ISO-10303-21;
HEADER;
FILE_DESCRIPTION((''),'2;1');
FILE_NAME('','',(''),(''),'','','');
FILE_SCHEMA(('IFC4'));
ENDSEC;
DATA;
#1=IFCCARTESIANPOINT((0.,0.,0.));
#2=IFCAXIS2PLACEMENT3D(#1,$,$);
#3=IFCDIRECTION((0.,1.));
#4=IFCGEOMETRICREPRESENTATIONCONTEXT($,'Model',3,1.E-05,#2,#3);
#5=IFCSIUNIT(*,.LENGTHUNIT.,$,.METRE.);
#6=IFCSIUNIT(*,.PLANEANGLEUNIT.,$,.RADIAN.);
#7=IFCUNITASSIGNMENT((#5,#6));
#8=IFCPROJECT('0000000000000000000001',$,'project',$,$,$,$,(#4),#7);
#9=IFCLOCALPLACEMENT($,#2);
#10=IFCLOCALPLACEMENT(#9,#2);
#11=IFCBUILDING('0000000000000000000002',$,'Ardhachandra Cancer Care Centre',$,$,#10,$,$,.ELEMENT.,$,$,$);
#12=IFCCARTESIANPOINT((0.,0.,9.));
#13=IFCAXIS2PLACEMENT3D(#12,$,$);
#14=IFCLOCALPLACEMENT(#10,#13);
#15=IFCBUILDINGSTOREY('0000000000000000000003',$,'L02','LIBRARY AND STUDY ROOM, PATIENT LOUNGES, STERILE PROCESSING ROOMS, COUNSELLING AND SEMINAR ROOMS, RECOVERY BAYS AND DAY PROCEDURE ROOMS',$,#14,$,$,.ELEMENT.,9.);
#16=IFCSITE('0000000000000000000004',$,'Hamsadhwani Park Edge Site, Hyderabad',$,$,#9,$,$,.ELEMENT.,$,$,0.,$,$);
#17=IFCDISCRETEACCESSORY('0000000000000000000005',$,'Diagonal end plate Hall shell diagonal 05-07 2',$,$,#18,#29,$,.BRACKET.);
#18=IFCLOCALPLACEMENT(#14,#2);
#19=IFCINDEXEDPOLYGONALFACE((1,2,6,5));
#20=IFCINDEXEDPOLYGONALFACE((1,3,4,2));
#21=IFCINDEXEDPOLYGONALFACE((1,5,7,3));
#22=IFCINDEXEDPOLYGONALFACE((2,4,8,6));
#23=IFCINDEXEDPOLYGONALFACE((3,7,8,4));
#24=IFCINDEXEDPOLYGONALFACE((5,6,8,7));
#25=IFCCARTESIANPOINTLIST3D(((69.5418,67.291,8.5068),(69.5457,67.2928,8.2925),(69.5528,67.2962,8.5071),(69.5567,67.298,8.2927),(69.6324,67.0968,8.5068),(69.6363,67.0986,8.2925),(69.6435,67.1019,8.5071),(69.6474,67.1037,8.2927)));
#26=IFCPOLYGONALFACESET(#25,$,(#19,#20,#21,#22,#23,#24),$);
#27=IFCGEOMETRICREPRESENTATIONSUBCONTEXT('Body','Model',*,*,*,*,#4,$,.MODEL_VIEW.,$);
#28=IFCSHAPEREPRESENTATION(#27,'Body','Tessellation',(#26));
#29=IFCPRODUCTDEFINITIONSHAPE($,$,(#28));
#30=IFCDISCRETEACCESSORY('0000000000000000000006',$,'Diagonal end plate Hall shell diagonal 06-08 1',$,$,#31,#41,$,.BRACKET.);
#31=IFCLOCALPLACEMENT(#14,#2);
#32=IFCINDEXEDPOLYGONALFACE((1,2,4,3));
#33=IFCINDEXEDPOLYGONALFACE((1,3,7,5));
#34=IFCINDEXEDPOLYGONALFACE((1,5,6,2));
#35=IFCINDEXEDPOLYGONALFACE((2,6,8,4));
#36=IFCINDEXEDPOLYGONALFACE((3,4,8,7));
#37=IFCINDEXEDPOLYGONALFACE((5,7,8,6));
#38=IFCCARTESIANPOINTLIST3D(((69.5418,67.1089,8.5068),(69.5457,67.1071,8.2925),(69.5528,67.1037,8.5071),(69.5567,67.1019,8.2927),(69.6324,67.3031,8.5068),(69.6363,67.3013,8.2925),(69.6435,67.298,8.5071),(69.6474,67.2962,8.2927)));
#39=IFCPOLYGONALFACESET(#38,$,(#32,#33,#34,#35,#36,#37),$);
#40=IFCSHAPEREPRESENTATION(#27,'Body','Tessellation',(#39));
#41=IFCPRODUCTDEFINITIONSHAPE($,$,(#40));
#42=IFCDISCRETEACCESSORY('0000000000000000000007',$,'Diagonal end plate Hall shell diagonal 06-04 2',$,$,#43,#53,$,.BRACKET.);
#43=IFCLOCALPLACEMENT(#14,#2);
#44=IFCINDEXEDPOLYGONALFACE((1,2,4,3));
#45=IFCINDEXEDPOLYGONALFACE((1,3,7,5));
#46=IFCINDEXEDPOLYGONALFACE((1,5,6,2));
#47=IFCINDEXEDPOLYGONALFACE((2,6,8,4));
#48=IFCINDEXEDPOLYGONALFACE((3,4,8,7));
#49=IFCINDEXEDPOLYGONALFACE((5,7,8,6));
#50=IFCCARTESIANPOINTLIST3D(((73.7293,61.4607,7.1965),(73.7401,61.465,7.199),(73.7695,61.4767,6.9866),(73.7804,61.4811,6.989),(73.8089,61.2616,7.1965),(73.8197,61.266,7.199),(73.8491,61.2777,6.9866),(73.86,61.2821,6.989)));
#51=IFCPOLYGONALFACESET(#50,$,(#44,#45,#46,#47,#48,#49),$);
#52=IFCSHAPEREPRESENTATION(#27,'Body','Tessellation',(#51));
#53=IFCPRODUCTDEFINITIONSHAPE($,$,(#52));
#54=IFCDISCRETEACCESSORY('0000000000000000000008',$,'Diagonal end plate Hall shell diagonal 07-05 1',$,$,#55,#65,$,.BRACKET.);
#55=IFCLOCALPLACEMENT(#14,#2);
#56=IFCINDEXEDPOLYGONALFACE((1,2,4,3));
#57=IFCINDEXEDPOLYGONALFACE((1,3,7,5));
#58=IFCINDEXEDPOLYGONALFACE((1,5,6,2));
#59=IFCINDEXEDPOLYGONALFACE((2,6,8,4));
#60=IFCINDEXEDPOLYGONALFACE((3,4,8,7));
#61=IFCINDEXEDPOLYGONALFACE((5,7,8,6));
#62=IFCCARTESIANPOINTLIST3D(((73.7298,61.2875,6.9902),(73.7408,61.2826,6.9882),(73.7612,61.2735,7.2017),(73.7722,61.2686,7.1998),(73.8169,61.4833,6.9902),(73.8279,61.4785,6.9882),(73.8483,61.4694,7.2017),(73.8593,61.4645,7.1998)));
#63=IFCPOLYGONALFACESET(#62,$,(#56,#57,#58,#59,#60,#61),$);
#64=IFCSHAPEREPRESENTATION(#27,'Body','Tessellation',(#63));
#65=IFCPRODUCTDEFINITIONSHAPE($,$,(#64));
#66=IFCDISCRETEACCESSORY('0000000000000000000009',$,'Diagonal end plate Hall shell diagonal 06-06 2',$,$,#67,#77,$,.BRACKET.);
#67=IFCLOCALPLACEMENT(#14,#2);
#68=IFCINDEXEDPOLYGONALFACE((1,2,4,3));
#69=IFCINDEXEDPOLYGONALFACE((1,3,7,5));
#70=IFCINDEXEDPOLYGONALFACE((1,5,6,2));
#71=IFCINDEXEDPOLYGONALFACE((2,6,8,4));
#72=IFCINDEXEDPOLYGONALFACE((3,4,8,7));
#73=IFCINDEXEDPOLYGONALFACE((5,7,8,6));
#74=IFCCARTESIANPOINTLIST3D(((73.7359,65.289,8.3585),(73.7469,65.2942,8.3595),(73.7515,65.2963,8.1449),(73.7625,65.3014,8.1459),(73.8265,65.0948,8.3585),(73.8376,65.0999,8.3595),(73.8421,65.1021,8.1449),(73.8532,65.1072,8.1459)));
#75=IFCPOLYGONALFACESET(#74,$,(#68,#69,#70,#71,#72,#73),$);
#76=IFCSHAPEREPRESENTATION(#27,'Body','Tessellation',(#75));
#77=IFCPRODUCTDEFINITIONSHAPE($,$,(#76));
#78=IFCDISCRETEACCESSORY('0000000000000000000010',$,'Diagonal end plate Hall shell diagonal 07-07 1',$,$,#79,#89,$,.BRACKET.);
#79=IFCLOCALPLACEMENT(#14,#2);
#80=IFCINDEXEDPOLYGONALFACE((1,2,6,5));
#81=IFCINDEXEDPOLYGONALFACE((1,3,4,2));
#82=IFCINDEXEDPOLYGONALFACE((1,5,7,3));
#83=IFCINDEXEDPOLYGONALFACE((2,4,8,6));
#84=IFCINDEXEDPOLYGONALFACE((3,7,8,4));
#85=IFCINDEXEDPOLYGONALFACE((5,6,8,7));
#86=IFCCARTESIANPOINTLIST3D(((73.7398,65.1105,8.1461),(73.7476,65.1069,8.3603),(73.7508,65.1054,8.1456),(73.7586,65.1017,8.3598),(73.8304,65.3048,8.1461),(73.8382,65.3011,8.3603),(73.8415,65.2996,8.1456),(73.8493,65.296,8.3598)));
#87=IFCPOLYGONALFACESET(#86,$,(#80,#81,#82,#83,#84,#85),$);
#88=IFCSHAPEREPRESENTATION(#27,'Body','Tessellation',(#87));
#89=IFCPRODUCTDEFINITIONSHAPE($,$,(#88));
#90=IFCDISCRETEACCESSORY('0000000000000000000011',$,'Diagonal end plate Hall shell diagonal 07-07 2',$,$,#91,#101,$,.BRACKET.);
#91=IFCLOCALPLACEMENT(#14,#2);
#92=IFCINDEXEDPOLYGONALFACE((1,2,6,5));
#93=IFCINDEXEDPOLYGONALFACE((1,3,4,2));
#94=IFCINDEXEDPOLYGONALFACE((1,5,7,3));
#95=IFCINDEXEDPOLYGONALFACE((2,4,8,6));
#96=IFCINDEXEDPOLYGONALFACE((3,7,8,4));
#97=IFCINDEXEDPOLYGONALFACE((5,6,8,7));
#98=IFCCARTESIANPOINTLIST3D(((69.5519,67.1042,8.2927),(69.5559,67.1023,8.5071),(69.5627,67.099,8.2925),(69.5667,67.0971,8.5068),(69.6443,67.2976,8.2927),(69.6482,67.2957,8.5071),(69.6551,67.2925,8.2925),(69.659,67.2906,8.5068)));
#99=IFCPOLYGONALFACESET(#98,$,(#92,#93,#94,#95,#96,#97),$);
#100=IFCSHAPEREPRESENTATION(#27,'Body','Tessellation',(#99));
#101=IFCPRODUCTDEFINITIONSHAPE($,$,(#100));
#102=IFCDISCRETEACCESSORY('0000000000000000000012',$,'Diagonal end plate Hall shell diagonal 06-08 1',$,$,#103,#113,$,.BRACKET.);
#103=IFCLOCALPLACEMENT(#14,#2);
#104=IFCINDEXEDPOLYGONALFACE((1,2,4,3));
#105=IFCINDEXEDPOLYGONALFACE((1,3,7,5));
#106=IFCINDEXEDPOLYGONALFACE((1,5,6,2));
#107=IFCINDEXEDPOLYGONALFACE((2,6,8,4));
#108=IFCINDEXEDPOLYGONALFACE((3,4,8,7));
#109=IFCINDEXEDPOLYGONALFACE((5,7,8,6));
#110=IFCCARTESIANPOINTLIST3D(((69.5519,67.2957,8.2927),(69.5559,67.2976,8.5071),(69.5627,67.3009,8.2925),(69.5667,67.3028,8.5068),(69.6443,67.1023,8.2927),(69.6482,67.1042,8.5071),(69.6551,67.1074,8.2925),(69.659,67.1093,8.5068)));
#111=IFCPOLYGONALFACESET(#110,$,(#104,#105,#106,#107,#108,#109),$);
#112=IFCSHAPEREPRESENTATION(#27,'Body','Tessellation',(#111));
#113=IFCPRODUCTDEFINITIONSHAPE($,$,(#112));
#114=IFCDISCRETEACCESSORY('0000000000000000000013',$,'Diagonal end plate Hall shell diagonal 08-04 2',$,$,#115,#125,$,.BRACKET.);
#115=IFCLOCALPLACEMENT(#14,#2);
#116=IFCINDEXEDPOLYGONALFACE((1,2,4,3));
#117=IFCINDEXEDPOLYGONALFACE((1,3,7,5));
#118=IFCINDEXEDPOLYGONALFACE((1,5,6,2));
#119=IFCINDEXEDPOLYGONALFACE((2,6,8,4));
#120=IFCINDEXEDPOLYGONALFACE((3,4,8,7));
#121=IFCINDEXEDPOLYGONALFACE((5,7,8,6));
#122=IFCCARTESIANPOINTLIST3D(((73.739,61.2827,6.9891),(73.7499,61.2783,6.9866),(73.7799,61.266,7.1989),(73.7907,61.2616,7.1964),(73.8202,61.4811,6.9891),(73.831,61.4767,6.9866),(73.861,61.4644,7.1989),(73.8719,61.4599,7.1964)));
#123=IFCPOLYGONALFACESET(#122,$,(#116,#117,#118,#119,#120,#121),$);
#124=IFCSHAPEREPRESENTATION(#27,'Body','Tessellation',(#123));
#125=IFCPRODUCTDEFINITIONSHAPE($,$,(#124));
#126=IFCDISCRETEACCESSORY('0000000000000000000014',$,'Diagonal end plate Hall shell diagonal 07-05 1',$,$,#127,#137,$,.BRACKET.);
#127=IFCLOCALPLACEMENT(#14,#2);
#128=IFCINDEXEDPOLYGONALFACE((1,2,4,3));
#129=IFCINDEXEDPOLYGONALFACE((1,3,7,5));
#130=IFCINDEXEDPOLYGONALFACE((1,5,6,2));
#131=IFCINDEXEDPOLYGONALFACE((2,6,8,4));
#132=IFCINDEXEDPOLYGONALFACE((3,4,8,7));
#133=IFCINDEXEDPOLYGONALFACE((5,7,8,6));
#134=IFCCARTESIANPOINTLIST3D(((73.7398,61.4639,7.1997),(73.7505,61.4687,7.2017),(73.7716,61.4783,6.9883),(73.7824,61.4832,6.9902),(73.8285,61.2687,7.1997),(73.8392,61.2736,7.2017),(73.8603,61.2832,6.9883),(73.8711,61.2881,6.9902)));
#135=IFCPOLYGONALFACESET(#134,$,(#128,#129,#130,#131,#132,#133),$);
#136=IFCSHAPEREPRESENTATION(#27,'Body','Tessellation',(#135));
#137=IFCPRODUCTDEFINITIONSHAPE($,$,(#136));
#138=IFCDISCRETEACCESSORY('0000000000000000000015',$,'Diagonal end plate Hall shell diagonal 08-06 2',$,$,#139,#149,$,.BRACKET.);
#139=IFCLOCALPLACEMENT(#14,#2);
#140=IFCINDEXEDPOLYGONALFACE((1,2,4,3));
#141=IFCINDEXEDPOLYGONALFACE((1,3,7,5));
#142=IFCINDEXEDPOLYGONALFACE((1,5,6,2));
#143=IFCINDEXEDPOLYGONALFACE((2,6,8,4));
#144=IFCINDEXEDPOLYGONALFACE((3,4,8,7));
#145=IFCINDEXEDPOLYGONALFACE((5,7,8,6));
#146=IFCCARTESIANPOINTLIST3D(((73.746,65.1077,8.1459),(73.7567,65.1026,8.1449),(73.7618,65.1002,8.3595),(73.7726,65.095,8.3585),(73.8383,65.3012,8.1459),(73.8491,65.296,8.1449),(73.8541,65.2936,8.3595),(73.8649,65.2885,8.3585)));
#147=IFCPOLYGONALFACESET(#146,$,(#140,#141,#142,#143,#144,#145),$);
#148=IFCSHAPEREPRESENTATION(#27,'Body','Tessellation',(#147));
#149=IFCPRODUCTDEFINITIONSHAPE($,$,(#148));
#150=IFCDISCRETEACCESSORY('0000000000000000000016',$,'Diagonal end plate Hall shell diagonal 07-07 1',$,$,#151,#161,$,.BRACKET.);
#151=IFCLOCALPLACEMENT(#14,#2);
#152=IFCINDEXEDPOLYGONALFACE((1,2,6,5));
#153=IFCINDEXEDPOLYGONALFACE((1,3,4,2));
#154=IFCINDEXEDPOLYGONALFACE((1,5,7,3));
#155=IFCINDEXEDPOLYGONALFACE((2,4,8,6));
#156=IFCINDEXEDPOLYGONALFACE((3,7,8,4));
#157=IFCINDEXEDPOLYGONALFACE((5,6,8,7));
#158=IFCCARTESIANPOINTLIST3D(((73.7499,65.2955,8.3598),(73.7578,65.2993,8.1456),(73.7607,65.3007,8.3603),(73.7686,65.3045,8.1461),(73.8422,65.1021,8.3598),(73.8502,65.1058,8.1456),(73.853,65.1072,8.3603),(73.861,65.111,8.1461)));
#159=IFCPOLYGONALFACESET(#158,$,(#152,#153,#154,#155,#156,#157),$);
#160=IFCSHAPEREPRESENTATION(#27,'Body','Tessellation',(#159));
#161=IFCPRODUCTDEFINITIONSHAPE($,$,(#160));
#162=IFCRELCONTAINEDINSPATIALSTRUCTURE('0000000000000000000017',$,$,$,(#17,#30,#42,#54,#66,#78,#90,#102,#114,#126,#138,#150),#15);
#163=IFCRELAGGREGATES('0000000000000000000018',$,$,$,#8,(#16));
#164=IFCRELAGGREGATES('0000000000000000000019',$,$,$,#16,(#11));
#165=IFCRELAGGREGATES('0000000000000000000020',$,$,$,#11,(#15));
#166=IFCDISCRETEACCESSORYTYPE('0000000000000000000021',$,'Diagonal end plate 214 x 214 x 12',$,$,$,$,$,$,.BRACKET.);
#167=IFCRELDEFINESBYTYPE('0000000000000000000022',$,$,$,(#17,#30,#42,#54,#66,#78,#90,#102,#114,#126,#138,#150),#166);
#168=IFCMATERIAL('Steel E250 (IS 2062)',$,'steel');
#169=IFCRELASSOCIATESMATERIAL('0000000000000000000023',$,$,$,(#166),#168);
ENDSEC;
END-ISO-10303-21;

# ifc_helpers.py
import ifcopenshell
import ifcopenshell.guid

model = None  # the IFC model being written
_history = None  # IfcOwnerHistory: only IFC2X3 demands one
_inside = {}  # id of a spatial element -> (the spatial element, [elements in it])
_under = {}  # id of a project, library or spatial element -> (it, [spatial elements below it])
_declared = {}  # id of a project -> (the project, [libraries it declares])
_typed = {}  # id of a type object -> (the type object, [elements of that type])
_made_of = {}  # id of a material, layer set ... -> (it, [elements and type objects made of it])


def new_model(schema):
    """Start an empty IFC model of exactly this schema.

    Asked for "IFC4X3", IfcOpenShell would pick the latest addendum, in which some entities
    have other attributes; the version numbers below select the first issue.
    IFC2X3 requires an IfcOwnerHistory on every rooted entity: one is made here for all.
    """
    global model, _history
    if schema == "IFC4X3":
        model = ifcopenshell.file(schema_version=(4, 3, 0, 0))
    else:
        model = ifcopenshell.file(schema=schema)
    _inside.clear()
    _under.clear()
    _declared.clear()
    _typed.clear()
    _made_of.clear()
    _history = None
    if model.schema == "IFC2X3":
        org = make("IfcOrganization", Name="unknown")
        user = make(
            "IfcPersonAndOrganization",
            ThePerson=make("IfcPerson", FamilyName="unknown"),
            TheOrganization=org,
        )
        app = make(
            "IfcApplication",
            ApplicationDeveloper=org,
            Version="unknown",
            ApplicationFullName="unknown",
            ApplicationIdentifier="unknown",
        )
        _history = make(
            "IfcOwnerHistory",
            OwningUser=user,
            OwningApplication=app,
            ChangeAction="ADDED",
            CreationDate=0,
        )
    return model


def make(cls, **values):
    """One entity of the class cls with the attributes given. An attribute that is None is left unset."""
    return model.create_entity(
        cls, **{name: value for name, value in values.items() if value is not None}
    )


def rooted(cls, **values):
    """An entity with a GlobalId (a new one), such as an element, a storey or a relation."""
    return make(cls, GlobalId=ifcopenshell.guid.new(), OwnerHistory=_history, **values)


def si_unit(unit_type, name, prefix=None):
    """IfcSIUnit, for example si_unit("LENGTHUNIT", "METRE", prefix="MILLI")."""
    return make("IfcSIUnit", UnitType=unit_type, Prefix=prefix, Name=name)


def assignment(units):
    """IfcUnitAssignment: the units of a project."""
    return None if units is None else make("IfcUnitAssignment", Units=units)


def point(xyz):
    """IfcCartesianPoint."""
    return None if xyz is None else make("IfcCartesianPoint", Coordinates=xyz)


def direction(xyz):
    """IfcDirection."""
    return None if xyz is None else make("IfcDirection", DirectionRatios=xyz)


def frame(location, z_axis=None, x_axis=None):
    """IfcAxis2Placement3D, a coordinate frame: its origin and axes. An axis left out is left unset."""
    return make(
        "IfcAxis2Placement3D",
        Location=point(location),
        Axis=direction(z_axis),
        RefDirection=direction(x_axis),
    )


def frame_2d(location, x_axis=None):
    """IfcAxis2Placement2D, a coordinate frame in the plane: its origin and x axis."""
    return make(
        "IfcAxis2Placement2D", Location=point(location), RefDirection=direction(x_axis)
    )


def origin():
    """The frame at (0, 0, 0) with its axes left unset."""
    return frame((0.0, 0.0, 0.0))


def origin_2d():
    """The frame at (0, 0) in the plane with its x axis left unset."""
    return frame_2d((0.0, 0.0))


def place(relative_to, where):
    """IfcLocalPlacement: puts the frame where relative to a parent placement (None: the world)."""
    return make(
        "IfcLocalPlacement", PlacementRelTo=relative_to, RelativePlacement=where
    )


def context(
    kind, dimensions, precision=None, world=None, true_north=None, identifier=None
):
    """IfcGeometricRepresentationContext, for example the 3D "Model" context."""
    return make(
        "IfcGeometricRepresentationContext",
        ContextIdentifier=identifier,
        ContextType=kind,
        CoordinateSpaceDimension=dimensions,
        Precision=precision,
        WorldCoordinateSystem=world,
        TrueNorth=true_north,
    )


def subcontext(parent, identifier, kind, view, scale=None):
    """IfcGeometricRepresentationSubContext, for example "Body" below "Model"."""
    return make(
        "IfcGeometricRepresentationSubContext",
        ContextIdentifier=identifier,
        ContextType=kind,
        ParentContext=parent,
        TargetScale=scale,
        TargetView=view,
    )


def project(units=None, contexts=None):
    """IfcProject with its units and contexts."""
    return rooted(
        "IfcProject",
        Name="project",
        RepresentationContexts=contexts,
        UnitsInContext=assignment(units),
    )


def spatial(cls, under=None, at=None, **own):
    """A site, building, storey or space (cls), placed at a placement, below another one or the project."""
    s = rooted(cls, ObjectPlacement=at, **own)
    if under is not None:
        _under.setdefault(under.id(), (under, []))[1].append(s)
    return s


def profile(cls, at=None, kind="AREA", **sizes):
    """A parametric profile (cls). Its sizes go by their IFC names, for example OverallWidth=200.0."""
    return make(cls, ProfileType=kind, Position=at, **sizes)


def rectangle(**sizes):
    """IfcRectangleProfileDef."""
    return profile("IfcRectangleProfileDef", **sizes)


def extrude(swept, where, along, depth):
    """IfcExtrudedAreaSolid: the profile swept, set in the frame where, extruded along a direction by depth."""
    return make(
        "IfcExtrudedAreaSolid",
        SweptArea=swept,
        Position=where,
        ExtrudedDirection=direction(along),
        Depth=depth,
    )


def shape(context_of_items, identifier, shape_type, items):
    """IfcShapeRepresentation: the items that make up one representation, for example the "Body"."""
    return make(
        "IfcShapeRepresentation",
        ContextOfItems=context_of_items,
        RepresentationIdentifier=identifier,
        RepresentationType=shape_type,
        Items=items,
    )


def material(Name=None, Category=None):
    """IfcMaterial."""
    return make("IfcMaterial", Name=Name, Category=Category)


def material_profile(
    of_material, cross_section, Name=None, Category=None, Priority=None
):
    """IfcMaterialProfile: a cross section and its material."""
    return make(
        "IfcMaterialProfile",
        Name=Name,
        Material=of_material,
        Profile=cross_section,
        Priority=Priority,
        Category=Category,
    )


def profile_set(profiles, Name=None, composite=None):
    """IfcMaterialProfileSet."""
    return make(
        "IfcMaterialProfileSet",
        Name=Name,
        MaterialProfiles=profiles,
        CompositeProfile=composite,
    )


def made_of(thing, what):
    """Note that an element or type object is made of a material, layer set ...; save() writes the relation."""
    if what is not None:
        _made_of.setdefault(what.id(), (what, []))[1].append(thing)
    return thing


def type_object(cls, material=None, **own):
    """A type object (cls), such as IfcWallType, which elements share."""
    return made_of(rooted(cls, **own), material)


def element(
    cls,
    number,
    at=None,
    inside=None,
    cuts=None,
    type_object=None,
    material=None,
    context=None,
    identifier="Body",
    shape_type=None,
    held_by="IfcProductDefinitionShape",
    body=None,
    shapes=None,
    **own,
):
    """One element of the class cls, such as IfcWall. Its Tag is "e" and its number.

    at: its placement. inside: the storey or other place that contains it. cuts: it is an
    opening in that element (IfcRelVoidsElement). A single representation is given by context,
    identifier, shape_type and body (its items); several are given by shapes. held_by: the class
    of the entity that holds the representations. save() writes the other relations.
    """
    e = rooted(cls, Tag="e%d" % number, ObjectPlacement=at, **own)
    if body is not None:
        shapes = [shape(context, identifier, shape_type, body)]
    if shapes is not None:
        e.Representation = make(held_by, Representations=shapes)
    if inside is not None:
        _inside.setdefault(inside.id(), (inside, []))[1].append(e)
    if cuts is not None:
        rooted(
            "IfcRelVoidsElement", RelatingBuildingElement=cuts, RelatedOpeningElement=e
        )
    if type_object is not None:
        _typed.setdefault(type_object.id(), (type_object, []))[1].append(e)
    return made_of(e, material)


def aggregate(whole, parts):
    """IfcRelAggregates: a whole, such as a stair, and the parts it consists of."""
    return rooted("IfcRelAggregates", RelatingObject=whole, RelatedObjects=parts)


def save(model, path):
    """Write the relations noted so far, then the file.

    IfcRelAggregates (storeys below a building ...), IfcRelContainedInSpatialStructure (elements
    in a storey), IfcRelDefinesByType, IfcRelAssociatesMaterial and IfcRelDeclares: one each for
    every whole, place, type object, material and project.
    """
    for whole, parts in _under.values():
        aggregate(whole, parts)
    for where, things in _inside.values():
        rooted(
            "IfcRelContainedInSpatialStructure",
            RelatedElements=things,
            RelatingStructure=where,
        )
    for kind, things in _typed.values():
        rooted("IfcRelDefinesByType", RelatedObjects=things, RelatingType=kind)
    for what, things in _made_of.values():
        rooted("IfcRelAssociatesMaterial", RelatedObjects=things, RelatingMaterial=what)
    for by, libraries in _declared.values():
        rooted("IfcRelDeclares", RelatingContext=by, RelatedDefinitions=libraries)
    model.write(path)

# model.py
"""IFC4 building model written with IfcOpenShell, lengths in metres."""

from ifc_helpers import new_model, si_unit, direction, frame, origin, origin_2d, place, context, subcontext, project, spatial, rectangle, extrude, material, material_profile, profile_set, type_object, element, save


model = new_model("IFC4")

# Units and contexts
model_context = context("Model", 3, precision=1e-05, world=origin(), true_north=direction((0.0, 1.0)))
body_context = subcontext(model_context, "Body", "Model", "MODEL_VIEW")
ifc_project = project(units=[si_unit("LENGTHUNIT", "METRE"), si_unit("PLANEANGLEUNIT", "RADIAN")], contexts=[model_context])

# Site, building, storey
site_placement = place(None, origin())
site = spatial("IfcSite", under=ifc_project, at=site_placement, Name="Hamsadhwani Park Edge Site, Hyderabad", CompositionType="ELEMENT", RefElevation=0.0)
building_placement = place(site_placement, origin())
building = spatial("IfcBuilding", under=site, at=building_placement, Name="Ardhachandra Cancer Care Centre", CompositionType="ELEMENT")
storey_placement = place(building_placement, frame((0.0, 0.0, 9.0)))
storey = spatial("IfcBuildingStorey", under=building, at=storey_placement, Name="L02", Description="LIBRARY AND STUDY ROOM, PATIENT LOUNGES, STERILE PROCESSING ROOMS, COUNSELLING AND SEMINAR ROOMS, RECOVERY BAYS AND DAY PROCEDURE ROOMS", CompositionType="ELEMENT", Elevation=9.0)

# Discrete accessories
ifc_material_1 = material(Name="Steel E250 (IS 2062)", Category="steel")
ifc_material_profile_1 = material_profile(ifc_material_1, rectangle(XDim=0.2144, YDim=0.2144, at=origin_2d()), Name="PL 214x214x12")
ifc_profile_set_1 = profile_set([ifc_material_profile_1], Name="Steel E250 (IS 2062)")
discrete_accessory_type = type_object("IfcDiscreteAccessoryType", Name="Diagonal end plate 214 x 214 x 12", PredefinedType="BRACKET", material=ifc_profile_set_1)
for number, where, z_axis, x_axis, name in (
    (1, (69.6001, 67.2, 8.3999), (-0.905999, -0.4228, -0.020133), (0.422885, -0.906183, 0.0), "Diagonal end plate Hall shell diagonal 05-07 2"),
    (2, (69.6001, 67.2, 8.3999), (-0.905999, 0.4228, -0.020133), (-0.422885, -0.906183, 0.0), "Diagonal end plate Hall shell diagonal 06-08 1"),
):
    element("IfcDiscreteAccessory", number, at=place(storey_placement, frame(where, z_axis=z_axis, x_axis=x_axis)), inside=storey, type_object=discrete_accessory_type, Name=name, PredefinedType="BRACKET", context=body_context, shape_type="SweptSolid", body=[
        extrude(rectangle(XDim=0.2144, YDim=0.2144, at=origin_2d()), origin(), (0.0, 0.0, 1.0), 0.0122),
    ])
discrete_accessory_placement = place(storey_placement, frame((73.8, 61.3735, 7.094), z_axis=(-0.909323, -0.363729, -0.202072), x_axis=(0.371391, -0.928477, 0.0)))
element("IfcDiscreteAccessory", 3, at=discrete_accessory_placement, inside=storey, type_object=discrete_accessory_type, Name="Diagonal end plate Hall shell diagonal 06-04 2", PredefinedType="BRACKET", context=body_context, shape_type="SweptSolid", body=[
    extrude(rectangle(XDim=0.2144, YDim=0.2144, at=origin_2d()), origin(), (0.0, 0.0, 1.0), 0.012),
])
for number, where, z_axis, x_axis, name in (
    (4, (73.8, 61.3735, 7.094), (-0.901987, 0.400883, 0.160353), (-0.406138, -0.913812, 0.0), "Diagonal end plate Hall shell diagonal 07-05 1"),
    (5, (73.8, 65.2007, 8.2527), (-0.903258, -0.42152, -0.08029), (0.422885, -0.906183, 0.0), "Diagonal end plate Hall shell diagonal 06-06 2"),
    (6, (73.8, 65.2007, 8.2527), (-0.905449, 0.422543, 0.040242), (-0.422885, -0.906183, 0.0), "Diagonal end plate Hall shell diagonal 07-07 1"),
):
    element("IfcDiscreteAccessory", number, at=place(storey_placement, frame(where, z_axis=z_axis, x_axis=x_axis)), inside=storey, type_object=discrete_accessory_type, Name=name, PredefinedType="BRACKET", context=body_context, shape_type="SweptSolid", body=[
        extrude(rectangle(XDim=0.2144, YDim=0.2144, at=origin_2d()), origin(), (0.0, 0.0, 1.0), 0.0122),
    ])
for number, where, z_axis, x_axis, name in (
    (7, (69.6001, 67.2, 8.3999), (0.902291, -0.430639, -0.020507), (0.43073, 0.902481, 0.0), "Diagonal end plate Hall shell diagonal 07-07 2"),
    (8, (69.6001, 67.2, 8.3999), (0.902291, 0.430639, -0.020507), (-0.43073, 0.902481, 0.0), "Diagonal end plate Hall shell diagonal 06-08 1"),
    (9, (73.8, 61.3735, 7.094), (0.905726, -0.370524, -0.205847), (0.378633, 0.925547, 0.0), "Diagonal end plate Hall shell diagonal 08-04 2"),
    (10, (73.8, 61.3735, 7.094), (0.898146, 0.408248, 0.163299), (-0.413803, 0.910366, 0.0), "Diagonal end plate Hall shell diagonal 07-05 1"),
    (11, (73.8, 65.2007, 8.2527), (0.899459, -0.429287, -0.081769), (0.43073, 0.902481, 0.0), "Diagonal end plate Hall shell diagonal 08-06 2"),
    (12, (73.8, 65.2007, 8.2527), (0.901723, 0.430368, 0.040987), (-0.43073, 0.902481, 0.0), "Diagonal end plate Hall shell diagonal 07-07 1"),
):
    element("IfcDiscreteAccessory", number, at=place(storey_placement, frame(where, z_axis=z_axis, x_axis=x_axis)), inside=storey, type_object=discrete_accessory_type, Name=name, PredefinedType="BRACKET", context=body_context, shape_type="SweptSolid", body=[
        extrude(rectangle(XDim=0.2144, YDim=0.2144, at=origin_2d()), origin(), (0.0, 0.0, 1.0), 0.012),
    ])

save(model, "model.ifc")
